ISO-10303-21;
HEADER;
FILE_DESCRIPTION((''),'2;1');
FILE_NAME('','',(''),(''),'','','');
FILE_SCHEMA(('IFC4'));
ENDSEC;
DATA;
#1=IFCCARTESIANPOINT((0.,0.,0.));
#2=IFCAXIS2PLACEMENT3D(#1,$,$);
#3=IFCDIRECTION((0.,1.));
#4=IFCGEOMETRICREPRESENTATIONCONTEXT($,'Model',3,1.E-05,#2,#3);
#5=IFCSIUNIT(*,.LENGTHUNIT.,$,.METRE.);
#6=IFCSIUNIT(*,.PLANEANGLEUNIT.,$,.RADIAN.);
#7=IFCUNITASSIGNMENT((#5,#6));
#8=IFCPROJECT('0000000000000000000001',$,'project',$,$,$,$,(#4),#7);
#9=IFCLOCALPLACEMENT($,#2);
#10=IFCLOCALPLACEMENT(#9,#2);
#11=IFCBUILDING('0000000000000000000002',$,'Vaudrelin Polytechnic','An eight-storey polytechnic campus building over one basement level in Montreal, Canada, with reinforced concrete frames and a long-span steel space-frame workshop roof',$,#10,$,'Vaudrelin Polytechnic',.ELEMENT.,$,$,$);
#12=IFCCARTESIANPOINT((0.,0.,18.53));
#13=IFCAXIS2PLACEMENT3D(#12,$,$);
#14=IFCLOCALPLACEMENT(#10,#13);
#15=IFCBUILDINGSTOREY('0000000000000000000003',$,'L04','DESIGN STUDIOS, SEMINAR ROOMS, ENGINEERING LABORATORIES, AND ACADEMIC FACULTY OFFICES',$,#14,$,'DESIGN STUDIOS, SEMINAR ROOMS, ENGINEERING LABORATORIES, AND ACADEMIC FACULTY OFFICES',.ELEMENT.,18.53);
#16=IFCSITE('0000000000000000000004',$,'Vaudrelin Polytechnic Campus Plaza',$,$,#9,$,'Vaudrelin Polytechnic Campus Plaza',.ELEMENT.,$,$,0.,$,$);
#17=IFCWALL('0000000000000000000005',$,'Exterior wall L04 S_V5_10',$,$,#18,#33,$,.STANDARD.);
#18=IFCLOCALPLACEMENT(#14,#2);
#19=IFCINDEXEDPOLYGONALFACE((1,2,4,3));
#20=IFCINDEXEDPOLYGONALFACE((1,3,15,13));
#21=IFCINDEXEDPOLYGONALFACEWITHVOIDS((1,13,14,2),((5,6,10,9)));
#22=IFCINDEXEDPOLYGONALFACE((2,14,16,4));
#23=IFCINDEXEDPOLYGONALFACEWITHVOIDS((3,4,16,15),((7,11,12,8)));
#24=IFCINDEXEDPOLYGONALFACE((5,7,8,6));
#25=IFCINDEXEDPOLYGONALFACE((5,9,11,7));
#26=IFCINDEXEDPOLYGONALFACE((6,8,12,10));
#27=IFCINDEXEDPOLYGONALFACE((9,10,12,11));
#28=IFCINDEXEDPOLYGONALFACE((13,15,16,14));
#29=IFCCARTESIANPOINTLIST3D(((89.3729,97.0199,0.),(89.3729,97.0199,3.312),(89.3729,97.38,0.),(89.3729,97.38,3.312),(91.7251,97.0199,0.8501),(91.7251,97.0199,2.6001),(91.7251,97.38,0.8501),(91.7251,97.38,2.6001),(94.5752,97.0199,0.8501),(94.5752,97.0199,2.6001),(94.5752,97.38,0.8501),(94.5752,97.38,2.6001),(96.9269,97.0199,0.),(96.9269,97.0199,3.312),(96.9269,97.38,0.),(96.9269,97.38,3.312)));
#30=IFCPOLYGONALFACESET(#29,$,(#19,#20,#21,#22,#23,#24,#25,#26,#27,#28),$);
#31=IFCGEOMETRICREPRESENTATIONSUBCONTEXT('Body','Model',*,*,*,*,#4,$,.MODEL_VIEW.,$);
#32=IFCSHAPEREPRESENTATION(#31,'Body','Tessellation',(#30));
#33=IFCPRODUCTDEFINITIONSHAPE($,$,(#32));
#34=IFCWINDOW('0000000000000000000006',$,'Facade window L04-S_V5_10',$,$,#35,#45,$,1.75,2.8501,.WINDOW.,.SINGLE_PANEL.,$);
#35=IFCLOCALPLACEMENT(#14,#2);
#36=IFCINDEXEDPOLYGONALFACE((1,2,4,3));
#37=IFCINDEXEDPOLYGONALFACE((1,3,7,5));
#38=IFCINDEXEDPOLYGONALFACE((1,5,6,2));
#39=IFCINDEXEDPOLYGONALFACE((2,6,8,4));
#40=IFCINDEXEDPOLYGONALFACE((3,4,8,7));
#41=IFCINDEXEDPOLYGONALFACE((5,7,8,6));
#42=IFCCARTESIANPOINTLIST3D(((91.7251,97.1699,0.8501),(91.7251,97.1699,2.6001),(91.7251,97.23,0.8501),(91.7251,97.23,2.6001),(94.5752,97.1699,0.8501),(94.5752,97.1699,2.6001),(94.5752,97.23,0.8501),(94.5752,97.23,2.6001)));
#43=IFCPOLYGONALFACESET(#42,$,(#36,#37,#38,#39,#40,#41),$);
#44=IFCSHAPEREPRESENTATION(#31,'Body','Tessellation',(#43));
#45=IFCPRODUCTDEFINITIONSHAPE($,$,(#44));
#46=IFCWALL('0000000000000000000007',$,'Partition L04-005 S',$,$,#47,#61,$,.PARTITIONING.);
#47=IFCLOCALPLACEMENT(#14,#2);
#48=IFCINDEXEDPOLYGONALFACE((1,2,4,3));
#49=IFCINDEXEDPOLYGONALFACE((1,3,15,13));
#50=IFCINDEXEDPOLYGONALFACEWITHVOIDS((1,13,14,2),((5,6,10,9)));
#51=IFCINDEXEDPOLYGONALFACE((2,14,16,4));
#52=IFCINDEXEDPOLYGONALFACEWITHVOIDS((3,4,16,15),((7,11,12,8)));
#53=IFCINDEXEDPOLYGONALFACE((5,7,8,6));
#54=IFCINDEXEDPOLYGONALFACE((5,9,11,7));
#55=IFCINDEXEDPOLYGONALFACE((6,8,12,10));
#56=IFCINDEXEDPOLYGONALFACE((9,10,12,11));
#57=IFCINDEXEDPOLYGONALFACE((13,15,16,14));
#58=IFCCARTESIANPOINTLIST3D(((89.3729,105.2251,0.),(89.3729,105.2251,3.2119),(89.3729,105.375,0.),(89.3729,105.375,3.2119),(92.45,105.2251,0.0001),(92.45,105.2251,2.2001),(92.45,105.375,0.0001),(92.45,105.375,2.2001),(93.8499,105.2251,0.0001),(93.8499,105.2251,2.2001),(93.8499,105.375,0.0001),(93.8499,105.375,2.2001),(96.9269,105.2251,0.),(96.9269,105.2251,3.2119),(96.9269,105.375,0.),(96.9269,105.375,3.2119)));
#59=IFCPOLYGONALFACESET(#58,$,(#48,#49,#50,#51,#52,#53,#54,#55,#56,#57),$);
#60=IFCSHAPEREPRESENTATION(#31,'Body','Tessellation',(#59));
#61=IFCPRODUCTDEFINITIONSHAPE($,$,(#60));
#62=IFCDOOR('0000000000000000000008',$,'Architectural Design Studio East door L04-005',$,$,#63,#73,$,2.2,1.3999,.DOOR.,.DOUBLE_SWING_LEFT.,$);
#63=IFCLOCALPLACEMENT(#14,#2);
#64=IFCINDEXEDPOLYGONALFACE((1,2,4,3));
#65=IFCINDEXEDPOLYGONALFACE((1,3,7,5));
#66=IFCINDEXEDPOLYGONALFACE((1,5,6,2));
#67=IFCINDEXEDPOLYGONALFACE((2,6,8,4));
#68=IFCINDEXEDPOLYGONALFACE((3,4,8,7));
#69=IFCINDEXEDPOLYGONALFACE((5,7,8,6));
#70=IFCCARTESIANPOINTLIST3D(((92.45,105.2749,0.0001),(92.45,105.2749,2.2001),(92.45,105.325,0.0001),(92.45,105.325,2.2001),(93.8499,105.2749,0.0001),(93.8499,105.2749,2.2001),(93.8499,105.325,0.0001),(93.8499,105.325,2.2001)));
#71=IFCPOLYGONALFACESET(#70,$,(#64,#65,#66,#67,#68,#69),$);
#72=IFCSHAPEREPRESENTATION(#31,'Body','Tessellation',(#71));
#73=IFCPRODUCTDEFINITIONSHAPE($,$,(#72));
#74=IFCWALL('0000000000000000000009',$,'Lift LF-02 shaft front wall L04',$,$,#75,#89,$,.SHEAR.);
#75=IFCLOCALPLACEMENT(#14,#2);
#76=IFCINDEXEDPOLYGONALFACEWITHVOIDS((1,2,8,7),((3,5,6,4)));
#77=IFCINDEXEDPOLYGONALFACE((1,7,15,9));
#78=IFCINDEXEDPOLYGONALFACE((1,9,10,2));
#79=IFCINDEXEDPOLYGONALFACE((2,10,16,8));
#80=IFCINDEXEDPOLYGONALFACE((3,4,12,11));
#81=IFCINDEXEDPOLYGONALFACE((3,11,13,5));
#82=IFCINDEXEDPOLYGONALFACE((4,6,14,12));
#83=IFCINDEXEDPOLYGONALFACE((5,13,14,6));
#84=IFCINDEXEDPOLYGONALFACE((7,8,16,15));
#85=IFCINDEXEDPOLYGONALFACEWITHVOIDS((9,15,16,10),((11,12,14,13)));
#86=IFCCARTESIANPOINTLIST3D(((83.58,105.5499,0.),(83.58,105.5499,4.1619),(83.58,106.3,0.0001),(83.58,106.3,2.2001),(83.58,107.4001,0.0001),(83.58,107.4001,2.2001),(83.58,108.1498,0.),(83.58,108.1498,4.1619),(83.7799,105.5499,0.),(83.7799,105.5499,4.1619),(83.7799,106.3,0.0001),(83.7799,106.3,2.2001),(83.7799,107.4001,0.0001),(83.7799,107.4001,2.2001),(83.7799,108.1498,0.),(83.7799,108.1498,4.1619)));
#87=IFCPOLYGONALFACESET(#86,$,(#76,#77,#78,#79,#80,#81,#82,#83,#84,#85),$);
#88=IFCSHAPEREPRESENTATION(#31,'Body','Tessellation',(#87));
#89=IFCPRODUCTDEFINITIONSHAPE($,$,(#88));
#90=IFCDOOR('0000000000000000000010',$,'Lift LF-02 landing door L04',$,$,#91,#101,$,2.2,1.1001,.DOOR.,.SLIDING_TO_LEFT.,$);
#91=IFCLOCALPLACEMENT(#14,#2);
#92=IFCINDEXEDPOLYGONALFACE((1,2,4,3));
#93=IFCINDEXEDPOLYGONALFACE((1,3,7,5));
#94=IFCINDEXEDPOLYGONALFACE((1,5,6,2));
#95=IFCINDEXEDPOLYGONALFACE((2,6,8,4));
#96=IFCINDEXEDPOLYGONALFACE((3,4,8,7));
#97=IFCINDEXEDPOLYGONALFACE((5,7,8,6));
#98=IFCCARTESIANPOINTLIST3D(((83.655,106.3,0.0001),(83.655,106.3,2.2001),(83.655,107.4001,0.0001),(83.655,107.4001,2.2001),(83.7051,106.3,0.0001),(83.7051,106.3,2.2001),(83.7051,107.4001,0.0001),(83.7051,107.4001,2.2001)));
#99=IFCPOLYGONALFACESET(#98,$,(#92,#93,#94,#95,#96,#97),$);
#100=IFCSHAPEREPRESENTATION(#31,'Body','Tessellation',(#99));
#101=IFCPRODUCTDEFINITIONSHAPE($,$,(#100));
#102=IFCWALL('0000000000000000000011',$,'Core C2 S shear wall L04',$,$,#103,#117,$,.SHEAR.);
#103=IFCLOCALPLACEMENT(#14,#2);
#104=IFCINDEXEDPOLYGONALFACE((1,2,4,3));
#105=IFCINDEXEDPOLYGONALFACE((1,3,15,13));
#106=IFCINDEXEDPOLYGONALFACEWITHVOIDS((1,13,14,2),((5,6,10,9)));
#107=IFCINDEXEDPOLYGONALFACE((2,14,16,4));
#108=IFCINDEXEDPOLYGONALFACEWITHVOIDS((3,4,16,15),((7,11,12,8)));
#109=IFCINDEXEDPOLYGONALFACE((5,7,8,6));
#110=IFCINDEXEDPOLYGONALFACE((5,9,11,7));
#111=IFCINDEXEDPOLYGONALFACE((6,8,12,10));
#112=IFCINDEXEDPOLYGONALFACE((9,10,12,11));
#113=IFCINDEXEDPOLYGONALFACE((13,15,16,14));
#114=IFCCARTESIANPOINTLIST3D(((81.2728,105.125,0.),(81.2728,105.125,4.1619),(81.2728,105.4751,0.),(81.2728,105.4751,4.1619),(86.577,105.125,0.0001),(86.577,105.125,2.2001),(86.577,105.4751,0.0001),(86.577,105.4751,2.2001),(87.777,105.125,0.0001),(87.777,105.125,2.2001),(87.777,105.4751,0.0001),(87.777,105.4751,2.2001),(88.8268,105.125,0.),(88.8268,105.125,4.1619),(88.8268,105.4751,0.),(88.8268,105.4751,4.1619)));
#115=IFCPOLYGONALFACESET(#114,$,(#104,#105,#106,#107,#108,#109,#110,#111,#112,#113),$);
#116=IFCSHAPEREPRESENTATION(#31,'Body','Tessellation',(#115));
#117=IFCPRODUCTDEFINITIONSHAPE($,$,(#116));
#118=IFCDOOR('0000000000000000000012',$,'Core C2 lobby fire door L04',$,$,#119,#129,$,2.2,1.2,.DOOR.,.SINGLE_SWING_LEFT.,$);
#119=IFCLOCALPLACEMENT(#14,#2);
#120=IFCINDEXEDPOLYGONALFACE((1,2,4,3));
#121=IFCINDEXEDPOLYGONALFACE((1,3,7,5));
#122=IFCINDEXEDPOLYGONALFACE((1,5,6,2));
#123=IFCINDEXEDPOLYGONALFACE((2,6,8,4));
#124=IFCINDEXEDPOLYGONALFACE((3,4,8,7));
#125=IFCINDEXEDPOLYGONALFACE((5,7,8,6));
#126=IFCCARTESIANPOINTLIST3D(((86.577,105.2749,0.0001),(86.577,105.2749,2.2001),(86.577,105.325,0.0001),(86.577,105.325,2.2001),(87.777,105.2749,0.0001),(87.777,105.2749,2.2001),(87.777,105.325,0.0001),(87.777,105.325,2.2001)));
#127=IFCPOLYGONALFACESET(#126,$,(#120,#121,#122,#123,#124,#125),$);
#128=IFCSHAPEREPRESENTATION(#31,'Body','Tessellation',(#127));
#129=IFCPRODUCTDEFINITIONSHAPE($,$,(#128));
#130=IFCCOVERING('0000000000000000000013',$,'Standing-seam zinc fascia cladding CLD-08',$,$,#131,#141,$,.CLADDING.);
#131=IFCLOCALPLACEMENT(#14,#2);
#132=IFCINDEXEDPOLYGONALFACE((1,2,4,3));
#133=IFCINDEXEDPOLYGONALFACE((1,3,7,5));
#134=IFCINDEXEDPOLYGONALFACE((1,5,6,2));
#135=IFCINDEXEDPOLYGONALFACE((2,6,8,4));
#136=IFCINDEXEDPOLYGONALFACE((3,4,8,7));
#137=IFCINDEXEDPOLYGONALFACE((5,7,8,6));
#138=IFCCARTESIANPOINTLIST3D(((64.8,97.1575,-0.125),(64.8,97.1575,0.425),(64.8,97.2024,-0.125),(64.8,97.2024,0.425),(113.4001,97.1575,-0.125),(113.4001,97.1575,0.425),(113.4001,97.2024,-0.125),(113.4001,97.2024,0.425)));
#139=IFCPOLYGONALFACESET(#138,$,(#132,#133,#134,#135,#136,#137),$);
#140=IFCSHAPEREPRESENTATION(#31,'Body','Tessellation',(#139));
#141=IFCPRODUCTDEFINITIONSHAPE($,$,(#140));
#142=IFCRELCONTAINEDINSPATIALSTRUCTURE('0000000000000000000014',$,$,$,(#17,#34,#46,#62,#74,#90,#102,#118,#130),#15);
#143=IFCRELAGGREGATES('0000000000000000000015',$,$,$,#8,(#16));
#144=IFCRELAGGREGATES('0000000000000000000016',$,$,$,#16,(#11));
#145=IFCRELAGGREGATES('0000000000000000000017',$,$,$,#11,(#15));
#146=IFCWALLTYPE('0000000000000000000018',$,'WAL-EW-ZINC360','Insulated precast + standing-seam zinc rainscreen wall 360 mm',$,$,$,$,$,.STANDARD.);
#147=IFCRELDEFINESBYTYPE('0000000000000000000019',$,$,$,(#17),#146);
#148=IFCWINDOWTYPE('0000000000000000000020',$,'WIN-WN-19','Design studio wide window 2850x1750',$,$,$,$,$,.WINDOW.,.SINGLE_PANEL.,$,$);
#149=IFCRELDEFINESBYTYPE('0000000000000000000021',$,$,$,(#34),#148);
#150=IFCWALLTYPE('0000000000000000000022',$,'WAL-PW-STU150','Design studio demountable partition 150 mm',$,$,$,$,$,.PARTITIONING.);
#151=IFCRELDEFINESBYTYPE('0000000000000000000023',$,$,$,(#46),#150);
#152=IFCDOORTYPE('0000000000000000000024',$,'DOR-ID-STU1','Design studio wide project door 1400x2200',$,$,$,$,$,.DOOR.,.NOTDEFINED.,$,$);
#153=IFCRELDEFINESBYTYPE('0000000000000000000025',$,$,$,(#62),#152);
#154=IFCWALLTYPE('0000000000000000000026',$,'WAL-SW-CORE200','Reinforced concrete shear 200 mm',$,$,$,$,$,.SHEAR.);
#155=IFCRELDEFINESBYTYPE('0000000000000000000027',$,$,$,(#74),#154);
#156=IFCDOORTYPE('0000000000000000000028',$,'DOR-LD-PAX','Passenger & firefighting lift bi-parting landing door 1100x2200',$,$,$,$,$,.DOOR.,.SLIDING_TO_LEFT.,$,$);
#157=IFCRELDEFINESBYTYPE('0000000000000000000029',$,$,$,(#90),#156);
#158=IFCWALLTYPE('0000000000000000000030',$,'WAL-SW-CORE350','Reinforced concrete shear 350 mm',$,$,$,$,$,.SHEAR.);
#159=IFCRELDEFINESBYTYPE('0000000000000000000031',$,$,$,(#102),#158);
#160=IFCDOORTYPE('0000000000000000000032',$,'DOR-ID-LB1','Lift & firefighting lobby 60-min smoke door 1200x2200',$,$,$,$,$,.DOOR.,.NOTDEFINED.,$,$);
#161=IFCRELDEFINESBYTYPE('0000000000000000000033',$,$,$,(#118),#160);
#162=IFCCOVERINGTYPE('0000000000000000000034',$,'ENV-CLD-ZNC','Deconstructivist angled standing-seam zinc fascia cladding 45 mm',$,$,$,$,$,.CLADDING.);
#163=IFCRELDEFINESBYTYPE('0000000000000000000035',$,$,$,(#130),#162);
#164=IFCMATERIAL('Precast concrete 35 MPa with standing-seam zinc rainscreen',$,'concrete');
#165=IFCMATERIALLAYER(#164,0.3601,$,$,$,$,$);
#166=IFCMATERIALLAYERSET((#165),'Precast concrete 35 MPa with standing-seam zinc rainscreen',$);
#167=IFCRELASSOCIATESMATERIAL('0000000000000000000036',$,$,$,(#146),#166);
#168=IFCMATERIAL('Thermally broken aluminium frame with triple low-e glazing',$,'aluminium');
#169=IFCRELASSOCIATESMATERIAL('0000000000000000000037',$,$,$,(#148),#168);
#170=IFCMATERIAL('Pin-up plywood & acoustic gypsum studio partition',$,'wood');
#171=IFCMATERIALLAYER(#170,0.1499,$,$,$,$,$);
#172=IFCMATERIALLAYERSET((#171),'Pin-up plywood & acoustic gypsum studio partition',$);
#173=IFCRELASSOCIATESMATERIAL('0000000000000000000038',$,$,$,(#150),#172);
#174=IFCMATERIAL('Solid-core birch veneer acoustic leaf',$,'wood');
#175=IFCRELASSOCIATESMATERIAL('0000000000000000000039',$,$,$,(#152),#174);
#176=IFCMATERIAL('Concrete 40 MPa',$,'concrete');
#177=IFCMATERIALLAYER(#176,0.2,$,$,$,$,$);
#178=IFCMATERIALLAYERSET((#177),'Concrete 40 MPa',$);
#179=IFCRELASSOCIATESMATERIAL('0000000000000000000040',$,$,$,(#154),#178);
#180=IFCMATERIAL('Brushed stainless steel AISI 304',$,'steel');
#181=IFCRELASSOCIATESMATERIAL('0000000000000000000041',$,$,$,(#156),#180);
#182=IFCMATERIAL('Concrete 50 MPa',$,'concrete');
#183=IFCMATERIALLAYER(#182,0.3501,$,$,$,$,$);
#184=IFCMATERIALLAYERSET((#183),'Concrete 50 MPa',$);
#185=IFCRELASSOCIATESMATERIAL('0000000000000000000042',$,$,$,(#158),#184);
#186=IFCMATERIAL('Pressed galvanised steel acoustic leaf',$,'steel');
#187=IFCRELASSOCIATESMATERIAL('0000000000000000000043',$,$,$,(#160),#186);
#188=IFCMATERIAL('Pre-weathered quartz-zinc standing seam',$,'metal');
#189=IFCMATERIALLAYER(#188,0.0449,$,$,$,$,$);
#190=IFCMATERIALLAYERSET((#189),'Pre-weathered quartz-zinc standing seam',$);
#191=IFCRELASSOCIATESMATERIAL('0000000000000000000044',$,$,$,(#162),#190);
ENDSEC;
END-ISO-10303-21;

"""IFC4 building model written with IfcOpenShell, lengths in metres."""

from ifc_helpers import new_model, si_unit, direction, frame, frame_2d, origin, origin_2d, place, context, subcontext, project, spatial, rectangle, extrude, material, layer, layer_set, type_object, element, fill, save


model = new_model("IFC4")

# Units and contexts
model_context = context("Model", 3, precision=1e-05, world=origin(), true_north=direction((0.0, 1.0)))
body_context = subcontext(model_context, "Body", "Model", "MODEL_VIEW")
ifc_project = project(units=[si_unit("LENGTHUNIT", "METRE"), si_unit("PLANEANGLEUNIT", "RADIAN")], contexts=[model_context])

# Site, building, storey
site_placement = place(None, origin())
site = spatial("IfcSite", under=ifc_project, at=site_placement, Name="Vaudrelin Polytechnic Campus Plaza", LongName="Vaudrelin Polytechnic Campus Plaza", CompositionType="ELEMENT", RefElevation=0.0)
building_placement = place(site_placement, origin())
building = spatial("IfcBuilding", under=site, at=building_placement, Name="Vaudrelin Polytechnic", Description="An eight-storey polytechnic campus building over one basement level in Montreal, Canada, with reinforced concrete frames and a long-span steel space-frame workshop roof", LongName="Vaudrelin Polytechnic", CompositionType="ELEMENT")
storey_placement = place(building_placement, frame((0.0, 0.0, 18.53)))
storey = spatial("IfcBuildingStorey", under=building, at=storey_placement, Name="L04", Description="DESIGN STUDIOS, SEMINAR ROOMS, ENGINEERING LABORATORIES, AND ACADEMIC FACULTY OFFICES", LongName="DESIGN STUDIOS, SEMINAR ROOMS, ENGINEERING LABORATORIES, AND ACADEMIC FACULTY OFFICES", CompositionType="ELEMENT", Elevation=18.53)

# Shared definitions
ifc_material_1 = material(Name="Concrete 40 MPa", Category="concrete")

# Shared definitions
ifc_material_2 = material(Name="Concrete 50 MPa", Category="concrete")

# Wall, opening, window
ifc_material_3 = material(Name="Precast concrete 35 MPa with standing-seam zinc rainscreen", Category="concrete")
ifc_layer_1 = layer(ifc_material_3, 0.3601)
ifc_layer_set_1 = layer_set([ifc_layer_1], Name="Precast concrete 35 MPa with standing-seam zinc rainscreen")
wall_type_1 = type_object("IfcWallType", Name="WAL-EW-ZINC360", Description="Insulated precast + standing-seam zinc rainscreen wall 360 mm", PredefinedType="STANDARD", material=ifc_layer_set_1)
ifc_material_4 = material(Name="Thermally broken aluminium frame with triple low-e glazing", Category="aluminium")
wall_1_placement = place(storey_placement, frame((89.373, 97.2, 0.0), z_axis=(0.0, 0.0, 1.0), x_axis=(1.0, 0.0, 0.0)))
wall_1 = element("IfcWall", 1, at=wall_1_placement, inside=storey, type_object=wall_type_1, Name="Exterior wall L04 S_V5_10", PredefinedType="STANDARD", context=body_context, shape_type="SweptSolid", body=[
    extrude(rectangle(XDim=7.554, YDim=0.3601, at=frame_2d((3.7769, 0.0))), origin(), (0.0, 0.0, 1.0), 3.312),
])
opening_1_placement = place(wall_1_placement, frame((2.3521, 0.0, 0.8501)))
opening_1 = element("IfcOpeningElement", 2, at=opening_1_placement, cuts=wall_1, PredefinedType="OPENING", context=body_context, shape_type="SweptSolid", body=[
    extrude(rectangle(XDim=2.8501, YDim=1.75, at=frame_2d((1.425, 0.875))), frame((0.0, 0.1899, 0.0), z_axis=(0.0, -1.0, 0.0), x_axis=(1.0, 0.0, 0.0)), (0.0, 0.0, 1.0), 0.3801),
])
window_type_1 = type_object("IfcWindowType", Name="WIN-WN-19", Description="Design studio wide window 2850x1750", PartitioningType="SINGLE_PANEL", PredefinedType="WINDOW", material=ifc_material_4)
window_1_placement = place(opening_1_placement, origin())
window_1 = element("IfcWindow", 3, at=window_1_placement, inside=storey, type_object=window_type_1, Name="Facade window L04-S_V5_10", OverallHeight=1.75, OverallWidth=2.8501, PartitioningType="SINGLE_PANEL", PredefinedType="WINDOW", context=body_context, shape_type="SweptSolid", body=[
    extrude(rectangle(XDim=2.8501, YDim=1.75, at=frame_2d((1.425, 0.875))), frame((0.0, 0.03, 0.0), z_axis=(0.0, -1.0, 0.0), x_axis=(1.0, 0.0, 0.0)), (0.0, 0.0, 1.0), 0.0601),
])
fill(opening_1, window_1)

# Walls, openings, doors
ifc_material_5 = material(Name="Pin-up plywood & acoustic gypsum studio partition", Category="wood")
ifc_layer_2 = layer(ifc_material_5, 0.1499)
ifc_layer_set_2 = layer_set([ifc_layer_2], Name="Pin-up plywood & acoustic gypsum studio partition")
wall_type_2 = type_object("IfcWallType", Name="WAL-PW-STU150", Description="Design studio demountable partition 150 mm", PredefinedType="PARTITIONING", material=ifc_layer_set_2)
wall_2_placement = place(storey_placement, frame((89.373, 105.3, 0.0), z_axis=(0.0, 0.0, 1.0), x_axis=(1.0, 0.0, 0.0)))
wall_2 = element("IfcWall", 4, at=wall_2_placement, inside=storey, type_object=wall_type_2, Name="Partition L04-005 S", PredefinedType="PARTITIONING", context=body_context, shape_type="SweptSolid", body=[
    extrude(rectangle(XDim=7.554, YDim=0.1499, at=frame_2d((3.7769, 0.0))), origin(), (0.0, 0.0, 1.0), 3.2119),
])
opening_2_placement = place(wall_2_placement, frame((3.0769, 0.0, 0.0)))
opening_2 = element("IfcOpeningElement", 5, at=opening_2_placement, cuts=wall_2, PredefinedType="OPENING", context=body_context, shape_type="SweptSolid", body=[
    extrude(rectangle(XDim=1.3999, YDim=2.2, at=frame_2d((0.7, 1.1001))), frame((0.0, 0.085, 0.0), z_axis=(0.0, -1.0, 0.0), x_axis=(1.0, 0.0, 0.0)), (0.0, 0.0, 1.0), 0.1699),
])
ifc_material_6 = material(Name="Solid-core birch veneer acoustic leaf", Category="wood")
door_type_1 = type_object("IfcDoorType", Name="DOR-ID-STU1", Description="Design studio wide project door 1400x2200", OperationType="NOTDEFINED", PredefinedType="DOOR", material=ifc_material_6)
door_1_placement = place(opening_2_placement, origin())
door_1 = element("IfcDoor", 6, at=door_1_placement, inside=storey, type_object=door_type_1, Name="Architectural Design Studio East door L04-005", OperationType="DOUBLE_SWING_LEFT", OverallHeight=2.2, OverallWidth=1.3999, PredefinedType="DOOR", context=body_context, shape_type="SweptSolid", body=[
    extrude(rectangle(XDim=1.3999, YDim=2.2, at=frame_2d((0.7, 1.1001))), frame((0.0, 0.0249, 0.0), z_axis=(0.0, -1.0, 0.0), x_axis=(1.0, 0.0, 0.0)), (0.0, 0.0, 1.0), 0.05),
])
fill(opening_2, door_1)
ifc_layer_3 = layer(ifc_material_1, 0.2)
ifc_layer_set_3 = layer_set([ifc_layer_3], Name="Concrete 40 MPa")
wall_type_3 = type_object("IfcWallType", Name="WAL-SW-CORE200", Description="Reinforced concrete shear 200 mm", PredefinedType="SHEAR", material=ifc_layer_set_3)
wall_3_placement = place(storey_placement, frame((83.6799, 105.55, 0.0), z_axis=(0.0, 0.0, 1.0), x_axis=(0.0, 1.0, 0.0)))
wall_3 = element("IfcWall", 7, at=wall_3_placement, inside=storey, type_object=wall_type_3, Name="Lift LF-02 shaft front wall L04", PredefinedType="SHEAR", context=body_context, shape_type="SweptSolid", body=[
    extrude(rectangle(XDim=2.5999, YDim=0.2, at=frame_2d((1.2998, 0.0))), origin(), (0.0, 0.0, 1.0), 4.1619),
])
opening_3_placement = place(wall_3_placement, frame((0.75, 0.0, 0.0)))
opening_3 = element("IfcOpeningElement", 8, at=opening_3_placement, cuts=wall_3, PredefinedType="OPENING", context=body_context, shape_type="SweptSolid", body=[
    extrude(rectangle(XDim=1.1001, YDim=2.2, at=frame_2d((0.55, 1.1001))), frame((0.0, 0.1099, 0.0), z_axis=(0.0, -1.0, 0.0), x_axis=(1.0, 0.0, 0.0)), (0.0, 0.0, 1.0), 0.22),
])
ifc_material_7 = material(Name="Brushed stainless steel AISI 304", Category="steel")
door_type_2 = type_object("IfcDoorType", Name="DOR-LD-PAX", Description="Passenger & firefighting lift bi-parting landing door 1100x2200", OperationType="SLIDING_TO_LEFT", PredefinedType="DOOR", material=ifc_material_7)
door_2_placement = place(opening_3_placement, origin())
door_2 = element("IfcDoor", 9, at=door_2_placement, inside=storey, type_object=door_type_2, Name="Lift LF-02 landing door L04", OperationType="SLIDING_TO_LEFT", OverallHeight=2.2, OverallWidth=1.1001, PredefinedType="DOOR", context=body_context, shape_type="SweptSolid", body=[
    extrude(rectangle(XDim=1.1001, YDim=2.2, at=frame_2d((0.55, 1.1001))), frame((0.0, 0.0249, 0.0), z_axis=(0.0, -1.0, 0.0), x_axis=(1.0, 0.0, 0.0)), (0.0, 0.0, 1.0), 0.05),
])
fill(opening_3, door_2)
ifc_layer_4 = layer(ifc_material_2, 0.3501)
ifc_layer_set_4 = layer_set([ifc_layer_4], Name="Concrete 50 MPa")
wall_type_4 = type_object("IfcWallType", Name="WAL-SW-CORE350", Description="Reinforced concrete shear 350 mm", PredefinedType="SHEAR", material=ifc_layer_set_4)
wall_4_placement = place(storey_placement, frame((81.2729, 105.3, 0.0), z_axis=(0.0, 0.0, 1.0), x_axis=(1.0, 0.0, 0.0)))
wall_4 = element("IfcWall", 10, at=wall_4_placement, inside=storey, type_object=wall_type_4, Name="Core C2 S shear wall L04", PredefinedType="SHEAR", context=body_context, shape_type="SweptSolid", body=[
    extrude(rectangle(XDim=7.554, YDim=0.3501, at=frame_2d((3.7769, 0.0))), origin(), (0.0, 0.0, 1.0), 4.1619),
])
opening_4_placement = place(wall_4_placement, frame((5.304, 0.0, 0.0)))
opening_4 = element("IfcOpeningElement", 11, at=opening_4_placement, cuts=wall_4, PredefinedType="OPENING", context=body_context, shape_type="SweptSolid", body=[
    extrude(rectangle(XDim=1.2, YDim=2.2, at=frame_2d((0.6001, 1.1001))), frame((0.0, 0.1851, 0.0), z_axis=(0.0, -1.0, 0.0), x_axis=(1.0, 0.0, 0.0)), (0.0, 0.0, 1.0), 0.3701),
])
ifc_material_8 = material(Name="Pressed galvanised steel acoustic leaf", Category="steel")
door_type_3 = type_object("IfcDoorType", Name="DOR-ID-LB1", Description="Lift & firefighting lobby 60-min smoke door 1200x2200", OperationType="NOTDEFINED", PredefinedType="DOOR", material=ifc_material_8)
door_3_placement = place(opening_4_placement, origin())
door_3 = element("IfcDoor", 12, at=door_3_placement, inside=storey, type_object=door_type_3, Name="Core C2 lobby fire door L04", OperationType="SINGLE_SWING_LEFT", OverallHeight=2.2, OverallWidth=1.2, PredefinedType="DOOR", context=body_context, shape_type="SweptSolid", body=[
    extrude(rectangle(XDim=1.2, YDim=2.2, at=frame_2d((0.6001, 1.1001))), frame((0.0, 0.0249, 0.0), z_axis=(0.0, -1.0, 0.0), x_axis=(1.0, 0.0, 0.0)), (0.0, 0.0, 1.0), 0.05),
])
fill(opening_4, door_3)

# Covering
ifc_material_9 = material(Name="Pre-weathered quartz-zinc standing seam", Category="metal")
ifc_layer_5 = layer(ifc_material_9, 0.0449)
ifc_layer_set_5 = layer_set([ifc_layer_5], Name="Pre-weathered quartz-zinc standing seam")
covering_type = type_object("IfcCoveringType", Name="ENV-CLD-ZNC", Description="Deconstructivist angled standing-seam zinc fascia cladding 45 mm", PredefinedType="CLADDING", material=ifc_layer_set_5)
covering_placement = place(storey_placement, frame((89.1001, 97.1799, -0.125), z_axis=(0.0, 0.0, 1.0), x_axis=(1.0, 0.0, 0.0)))
element("IfcCovering", 13, at=covering_placement, inside=storey, type_object=covering_type, Name="Standing-seam zinc fascia cladding CLD-08", PredefinedType="CLADDING", context=body_context, shape_type="SweptSolid", body=[
    extrude(rectangle(XDim=48.6001, YDim=0.0449, at=origin_2d()), origin(), (0.0, 0.0, 1.0), 0.55),
])

save(model, "model.ifc")
